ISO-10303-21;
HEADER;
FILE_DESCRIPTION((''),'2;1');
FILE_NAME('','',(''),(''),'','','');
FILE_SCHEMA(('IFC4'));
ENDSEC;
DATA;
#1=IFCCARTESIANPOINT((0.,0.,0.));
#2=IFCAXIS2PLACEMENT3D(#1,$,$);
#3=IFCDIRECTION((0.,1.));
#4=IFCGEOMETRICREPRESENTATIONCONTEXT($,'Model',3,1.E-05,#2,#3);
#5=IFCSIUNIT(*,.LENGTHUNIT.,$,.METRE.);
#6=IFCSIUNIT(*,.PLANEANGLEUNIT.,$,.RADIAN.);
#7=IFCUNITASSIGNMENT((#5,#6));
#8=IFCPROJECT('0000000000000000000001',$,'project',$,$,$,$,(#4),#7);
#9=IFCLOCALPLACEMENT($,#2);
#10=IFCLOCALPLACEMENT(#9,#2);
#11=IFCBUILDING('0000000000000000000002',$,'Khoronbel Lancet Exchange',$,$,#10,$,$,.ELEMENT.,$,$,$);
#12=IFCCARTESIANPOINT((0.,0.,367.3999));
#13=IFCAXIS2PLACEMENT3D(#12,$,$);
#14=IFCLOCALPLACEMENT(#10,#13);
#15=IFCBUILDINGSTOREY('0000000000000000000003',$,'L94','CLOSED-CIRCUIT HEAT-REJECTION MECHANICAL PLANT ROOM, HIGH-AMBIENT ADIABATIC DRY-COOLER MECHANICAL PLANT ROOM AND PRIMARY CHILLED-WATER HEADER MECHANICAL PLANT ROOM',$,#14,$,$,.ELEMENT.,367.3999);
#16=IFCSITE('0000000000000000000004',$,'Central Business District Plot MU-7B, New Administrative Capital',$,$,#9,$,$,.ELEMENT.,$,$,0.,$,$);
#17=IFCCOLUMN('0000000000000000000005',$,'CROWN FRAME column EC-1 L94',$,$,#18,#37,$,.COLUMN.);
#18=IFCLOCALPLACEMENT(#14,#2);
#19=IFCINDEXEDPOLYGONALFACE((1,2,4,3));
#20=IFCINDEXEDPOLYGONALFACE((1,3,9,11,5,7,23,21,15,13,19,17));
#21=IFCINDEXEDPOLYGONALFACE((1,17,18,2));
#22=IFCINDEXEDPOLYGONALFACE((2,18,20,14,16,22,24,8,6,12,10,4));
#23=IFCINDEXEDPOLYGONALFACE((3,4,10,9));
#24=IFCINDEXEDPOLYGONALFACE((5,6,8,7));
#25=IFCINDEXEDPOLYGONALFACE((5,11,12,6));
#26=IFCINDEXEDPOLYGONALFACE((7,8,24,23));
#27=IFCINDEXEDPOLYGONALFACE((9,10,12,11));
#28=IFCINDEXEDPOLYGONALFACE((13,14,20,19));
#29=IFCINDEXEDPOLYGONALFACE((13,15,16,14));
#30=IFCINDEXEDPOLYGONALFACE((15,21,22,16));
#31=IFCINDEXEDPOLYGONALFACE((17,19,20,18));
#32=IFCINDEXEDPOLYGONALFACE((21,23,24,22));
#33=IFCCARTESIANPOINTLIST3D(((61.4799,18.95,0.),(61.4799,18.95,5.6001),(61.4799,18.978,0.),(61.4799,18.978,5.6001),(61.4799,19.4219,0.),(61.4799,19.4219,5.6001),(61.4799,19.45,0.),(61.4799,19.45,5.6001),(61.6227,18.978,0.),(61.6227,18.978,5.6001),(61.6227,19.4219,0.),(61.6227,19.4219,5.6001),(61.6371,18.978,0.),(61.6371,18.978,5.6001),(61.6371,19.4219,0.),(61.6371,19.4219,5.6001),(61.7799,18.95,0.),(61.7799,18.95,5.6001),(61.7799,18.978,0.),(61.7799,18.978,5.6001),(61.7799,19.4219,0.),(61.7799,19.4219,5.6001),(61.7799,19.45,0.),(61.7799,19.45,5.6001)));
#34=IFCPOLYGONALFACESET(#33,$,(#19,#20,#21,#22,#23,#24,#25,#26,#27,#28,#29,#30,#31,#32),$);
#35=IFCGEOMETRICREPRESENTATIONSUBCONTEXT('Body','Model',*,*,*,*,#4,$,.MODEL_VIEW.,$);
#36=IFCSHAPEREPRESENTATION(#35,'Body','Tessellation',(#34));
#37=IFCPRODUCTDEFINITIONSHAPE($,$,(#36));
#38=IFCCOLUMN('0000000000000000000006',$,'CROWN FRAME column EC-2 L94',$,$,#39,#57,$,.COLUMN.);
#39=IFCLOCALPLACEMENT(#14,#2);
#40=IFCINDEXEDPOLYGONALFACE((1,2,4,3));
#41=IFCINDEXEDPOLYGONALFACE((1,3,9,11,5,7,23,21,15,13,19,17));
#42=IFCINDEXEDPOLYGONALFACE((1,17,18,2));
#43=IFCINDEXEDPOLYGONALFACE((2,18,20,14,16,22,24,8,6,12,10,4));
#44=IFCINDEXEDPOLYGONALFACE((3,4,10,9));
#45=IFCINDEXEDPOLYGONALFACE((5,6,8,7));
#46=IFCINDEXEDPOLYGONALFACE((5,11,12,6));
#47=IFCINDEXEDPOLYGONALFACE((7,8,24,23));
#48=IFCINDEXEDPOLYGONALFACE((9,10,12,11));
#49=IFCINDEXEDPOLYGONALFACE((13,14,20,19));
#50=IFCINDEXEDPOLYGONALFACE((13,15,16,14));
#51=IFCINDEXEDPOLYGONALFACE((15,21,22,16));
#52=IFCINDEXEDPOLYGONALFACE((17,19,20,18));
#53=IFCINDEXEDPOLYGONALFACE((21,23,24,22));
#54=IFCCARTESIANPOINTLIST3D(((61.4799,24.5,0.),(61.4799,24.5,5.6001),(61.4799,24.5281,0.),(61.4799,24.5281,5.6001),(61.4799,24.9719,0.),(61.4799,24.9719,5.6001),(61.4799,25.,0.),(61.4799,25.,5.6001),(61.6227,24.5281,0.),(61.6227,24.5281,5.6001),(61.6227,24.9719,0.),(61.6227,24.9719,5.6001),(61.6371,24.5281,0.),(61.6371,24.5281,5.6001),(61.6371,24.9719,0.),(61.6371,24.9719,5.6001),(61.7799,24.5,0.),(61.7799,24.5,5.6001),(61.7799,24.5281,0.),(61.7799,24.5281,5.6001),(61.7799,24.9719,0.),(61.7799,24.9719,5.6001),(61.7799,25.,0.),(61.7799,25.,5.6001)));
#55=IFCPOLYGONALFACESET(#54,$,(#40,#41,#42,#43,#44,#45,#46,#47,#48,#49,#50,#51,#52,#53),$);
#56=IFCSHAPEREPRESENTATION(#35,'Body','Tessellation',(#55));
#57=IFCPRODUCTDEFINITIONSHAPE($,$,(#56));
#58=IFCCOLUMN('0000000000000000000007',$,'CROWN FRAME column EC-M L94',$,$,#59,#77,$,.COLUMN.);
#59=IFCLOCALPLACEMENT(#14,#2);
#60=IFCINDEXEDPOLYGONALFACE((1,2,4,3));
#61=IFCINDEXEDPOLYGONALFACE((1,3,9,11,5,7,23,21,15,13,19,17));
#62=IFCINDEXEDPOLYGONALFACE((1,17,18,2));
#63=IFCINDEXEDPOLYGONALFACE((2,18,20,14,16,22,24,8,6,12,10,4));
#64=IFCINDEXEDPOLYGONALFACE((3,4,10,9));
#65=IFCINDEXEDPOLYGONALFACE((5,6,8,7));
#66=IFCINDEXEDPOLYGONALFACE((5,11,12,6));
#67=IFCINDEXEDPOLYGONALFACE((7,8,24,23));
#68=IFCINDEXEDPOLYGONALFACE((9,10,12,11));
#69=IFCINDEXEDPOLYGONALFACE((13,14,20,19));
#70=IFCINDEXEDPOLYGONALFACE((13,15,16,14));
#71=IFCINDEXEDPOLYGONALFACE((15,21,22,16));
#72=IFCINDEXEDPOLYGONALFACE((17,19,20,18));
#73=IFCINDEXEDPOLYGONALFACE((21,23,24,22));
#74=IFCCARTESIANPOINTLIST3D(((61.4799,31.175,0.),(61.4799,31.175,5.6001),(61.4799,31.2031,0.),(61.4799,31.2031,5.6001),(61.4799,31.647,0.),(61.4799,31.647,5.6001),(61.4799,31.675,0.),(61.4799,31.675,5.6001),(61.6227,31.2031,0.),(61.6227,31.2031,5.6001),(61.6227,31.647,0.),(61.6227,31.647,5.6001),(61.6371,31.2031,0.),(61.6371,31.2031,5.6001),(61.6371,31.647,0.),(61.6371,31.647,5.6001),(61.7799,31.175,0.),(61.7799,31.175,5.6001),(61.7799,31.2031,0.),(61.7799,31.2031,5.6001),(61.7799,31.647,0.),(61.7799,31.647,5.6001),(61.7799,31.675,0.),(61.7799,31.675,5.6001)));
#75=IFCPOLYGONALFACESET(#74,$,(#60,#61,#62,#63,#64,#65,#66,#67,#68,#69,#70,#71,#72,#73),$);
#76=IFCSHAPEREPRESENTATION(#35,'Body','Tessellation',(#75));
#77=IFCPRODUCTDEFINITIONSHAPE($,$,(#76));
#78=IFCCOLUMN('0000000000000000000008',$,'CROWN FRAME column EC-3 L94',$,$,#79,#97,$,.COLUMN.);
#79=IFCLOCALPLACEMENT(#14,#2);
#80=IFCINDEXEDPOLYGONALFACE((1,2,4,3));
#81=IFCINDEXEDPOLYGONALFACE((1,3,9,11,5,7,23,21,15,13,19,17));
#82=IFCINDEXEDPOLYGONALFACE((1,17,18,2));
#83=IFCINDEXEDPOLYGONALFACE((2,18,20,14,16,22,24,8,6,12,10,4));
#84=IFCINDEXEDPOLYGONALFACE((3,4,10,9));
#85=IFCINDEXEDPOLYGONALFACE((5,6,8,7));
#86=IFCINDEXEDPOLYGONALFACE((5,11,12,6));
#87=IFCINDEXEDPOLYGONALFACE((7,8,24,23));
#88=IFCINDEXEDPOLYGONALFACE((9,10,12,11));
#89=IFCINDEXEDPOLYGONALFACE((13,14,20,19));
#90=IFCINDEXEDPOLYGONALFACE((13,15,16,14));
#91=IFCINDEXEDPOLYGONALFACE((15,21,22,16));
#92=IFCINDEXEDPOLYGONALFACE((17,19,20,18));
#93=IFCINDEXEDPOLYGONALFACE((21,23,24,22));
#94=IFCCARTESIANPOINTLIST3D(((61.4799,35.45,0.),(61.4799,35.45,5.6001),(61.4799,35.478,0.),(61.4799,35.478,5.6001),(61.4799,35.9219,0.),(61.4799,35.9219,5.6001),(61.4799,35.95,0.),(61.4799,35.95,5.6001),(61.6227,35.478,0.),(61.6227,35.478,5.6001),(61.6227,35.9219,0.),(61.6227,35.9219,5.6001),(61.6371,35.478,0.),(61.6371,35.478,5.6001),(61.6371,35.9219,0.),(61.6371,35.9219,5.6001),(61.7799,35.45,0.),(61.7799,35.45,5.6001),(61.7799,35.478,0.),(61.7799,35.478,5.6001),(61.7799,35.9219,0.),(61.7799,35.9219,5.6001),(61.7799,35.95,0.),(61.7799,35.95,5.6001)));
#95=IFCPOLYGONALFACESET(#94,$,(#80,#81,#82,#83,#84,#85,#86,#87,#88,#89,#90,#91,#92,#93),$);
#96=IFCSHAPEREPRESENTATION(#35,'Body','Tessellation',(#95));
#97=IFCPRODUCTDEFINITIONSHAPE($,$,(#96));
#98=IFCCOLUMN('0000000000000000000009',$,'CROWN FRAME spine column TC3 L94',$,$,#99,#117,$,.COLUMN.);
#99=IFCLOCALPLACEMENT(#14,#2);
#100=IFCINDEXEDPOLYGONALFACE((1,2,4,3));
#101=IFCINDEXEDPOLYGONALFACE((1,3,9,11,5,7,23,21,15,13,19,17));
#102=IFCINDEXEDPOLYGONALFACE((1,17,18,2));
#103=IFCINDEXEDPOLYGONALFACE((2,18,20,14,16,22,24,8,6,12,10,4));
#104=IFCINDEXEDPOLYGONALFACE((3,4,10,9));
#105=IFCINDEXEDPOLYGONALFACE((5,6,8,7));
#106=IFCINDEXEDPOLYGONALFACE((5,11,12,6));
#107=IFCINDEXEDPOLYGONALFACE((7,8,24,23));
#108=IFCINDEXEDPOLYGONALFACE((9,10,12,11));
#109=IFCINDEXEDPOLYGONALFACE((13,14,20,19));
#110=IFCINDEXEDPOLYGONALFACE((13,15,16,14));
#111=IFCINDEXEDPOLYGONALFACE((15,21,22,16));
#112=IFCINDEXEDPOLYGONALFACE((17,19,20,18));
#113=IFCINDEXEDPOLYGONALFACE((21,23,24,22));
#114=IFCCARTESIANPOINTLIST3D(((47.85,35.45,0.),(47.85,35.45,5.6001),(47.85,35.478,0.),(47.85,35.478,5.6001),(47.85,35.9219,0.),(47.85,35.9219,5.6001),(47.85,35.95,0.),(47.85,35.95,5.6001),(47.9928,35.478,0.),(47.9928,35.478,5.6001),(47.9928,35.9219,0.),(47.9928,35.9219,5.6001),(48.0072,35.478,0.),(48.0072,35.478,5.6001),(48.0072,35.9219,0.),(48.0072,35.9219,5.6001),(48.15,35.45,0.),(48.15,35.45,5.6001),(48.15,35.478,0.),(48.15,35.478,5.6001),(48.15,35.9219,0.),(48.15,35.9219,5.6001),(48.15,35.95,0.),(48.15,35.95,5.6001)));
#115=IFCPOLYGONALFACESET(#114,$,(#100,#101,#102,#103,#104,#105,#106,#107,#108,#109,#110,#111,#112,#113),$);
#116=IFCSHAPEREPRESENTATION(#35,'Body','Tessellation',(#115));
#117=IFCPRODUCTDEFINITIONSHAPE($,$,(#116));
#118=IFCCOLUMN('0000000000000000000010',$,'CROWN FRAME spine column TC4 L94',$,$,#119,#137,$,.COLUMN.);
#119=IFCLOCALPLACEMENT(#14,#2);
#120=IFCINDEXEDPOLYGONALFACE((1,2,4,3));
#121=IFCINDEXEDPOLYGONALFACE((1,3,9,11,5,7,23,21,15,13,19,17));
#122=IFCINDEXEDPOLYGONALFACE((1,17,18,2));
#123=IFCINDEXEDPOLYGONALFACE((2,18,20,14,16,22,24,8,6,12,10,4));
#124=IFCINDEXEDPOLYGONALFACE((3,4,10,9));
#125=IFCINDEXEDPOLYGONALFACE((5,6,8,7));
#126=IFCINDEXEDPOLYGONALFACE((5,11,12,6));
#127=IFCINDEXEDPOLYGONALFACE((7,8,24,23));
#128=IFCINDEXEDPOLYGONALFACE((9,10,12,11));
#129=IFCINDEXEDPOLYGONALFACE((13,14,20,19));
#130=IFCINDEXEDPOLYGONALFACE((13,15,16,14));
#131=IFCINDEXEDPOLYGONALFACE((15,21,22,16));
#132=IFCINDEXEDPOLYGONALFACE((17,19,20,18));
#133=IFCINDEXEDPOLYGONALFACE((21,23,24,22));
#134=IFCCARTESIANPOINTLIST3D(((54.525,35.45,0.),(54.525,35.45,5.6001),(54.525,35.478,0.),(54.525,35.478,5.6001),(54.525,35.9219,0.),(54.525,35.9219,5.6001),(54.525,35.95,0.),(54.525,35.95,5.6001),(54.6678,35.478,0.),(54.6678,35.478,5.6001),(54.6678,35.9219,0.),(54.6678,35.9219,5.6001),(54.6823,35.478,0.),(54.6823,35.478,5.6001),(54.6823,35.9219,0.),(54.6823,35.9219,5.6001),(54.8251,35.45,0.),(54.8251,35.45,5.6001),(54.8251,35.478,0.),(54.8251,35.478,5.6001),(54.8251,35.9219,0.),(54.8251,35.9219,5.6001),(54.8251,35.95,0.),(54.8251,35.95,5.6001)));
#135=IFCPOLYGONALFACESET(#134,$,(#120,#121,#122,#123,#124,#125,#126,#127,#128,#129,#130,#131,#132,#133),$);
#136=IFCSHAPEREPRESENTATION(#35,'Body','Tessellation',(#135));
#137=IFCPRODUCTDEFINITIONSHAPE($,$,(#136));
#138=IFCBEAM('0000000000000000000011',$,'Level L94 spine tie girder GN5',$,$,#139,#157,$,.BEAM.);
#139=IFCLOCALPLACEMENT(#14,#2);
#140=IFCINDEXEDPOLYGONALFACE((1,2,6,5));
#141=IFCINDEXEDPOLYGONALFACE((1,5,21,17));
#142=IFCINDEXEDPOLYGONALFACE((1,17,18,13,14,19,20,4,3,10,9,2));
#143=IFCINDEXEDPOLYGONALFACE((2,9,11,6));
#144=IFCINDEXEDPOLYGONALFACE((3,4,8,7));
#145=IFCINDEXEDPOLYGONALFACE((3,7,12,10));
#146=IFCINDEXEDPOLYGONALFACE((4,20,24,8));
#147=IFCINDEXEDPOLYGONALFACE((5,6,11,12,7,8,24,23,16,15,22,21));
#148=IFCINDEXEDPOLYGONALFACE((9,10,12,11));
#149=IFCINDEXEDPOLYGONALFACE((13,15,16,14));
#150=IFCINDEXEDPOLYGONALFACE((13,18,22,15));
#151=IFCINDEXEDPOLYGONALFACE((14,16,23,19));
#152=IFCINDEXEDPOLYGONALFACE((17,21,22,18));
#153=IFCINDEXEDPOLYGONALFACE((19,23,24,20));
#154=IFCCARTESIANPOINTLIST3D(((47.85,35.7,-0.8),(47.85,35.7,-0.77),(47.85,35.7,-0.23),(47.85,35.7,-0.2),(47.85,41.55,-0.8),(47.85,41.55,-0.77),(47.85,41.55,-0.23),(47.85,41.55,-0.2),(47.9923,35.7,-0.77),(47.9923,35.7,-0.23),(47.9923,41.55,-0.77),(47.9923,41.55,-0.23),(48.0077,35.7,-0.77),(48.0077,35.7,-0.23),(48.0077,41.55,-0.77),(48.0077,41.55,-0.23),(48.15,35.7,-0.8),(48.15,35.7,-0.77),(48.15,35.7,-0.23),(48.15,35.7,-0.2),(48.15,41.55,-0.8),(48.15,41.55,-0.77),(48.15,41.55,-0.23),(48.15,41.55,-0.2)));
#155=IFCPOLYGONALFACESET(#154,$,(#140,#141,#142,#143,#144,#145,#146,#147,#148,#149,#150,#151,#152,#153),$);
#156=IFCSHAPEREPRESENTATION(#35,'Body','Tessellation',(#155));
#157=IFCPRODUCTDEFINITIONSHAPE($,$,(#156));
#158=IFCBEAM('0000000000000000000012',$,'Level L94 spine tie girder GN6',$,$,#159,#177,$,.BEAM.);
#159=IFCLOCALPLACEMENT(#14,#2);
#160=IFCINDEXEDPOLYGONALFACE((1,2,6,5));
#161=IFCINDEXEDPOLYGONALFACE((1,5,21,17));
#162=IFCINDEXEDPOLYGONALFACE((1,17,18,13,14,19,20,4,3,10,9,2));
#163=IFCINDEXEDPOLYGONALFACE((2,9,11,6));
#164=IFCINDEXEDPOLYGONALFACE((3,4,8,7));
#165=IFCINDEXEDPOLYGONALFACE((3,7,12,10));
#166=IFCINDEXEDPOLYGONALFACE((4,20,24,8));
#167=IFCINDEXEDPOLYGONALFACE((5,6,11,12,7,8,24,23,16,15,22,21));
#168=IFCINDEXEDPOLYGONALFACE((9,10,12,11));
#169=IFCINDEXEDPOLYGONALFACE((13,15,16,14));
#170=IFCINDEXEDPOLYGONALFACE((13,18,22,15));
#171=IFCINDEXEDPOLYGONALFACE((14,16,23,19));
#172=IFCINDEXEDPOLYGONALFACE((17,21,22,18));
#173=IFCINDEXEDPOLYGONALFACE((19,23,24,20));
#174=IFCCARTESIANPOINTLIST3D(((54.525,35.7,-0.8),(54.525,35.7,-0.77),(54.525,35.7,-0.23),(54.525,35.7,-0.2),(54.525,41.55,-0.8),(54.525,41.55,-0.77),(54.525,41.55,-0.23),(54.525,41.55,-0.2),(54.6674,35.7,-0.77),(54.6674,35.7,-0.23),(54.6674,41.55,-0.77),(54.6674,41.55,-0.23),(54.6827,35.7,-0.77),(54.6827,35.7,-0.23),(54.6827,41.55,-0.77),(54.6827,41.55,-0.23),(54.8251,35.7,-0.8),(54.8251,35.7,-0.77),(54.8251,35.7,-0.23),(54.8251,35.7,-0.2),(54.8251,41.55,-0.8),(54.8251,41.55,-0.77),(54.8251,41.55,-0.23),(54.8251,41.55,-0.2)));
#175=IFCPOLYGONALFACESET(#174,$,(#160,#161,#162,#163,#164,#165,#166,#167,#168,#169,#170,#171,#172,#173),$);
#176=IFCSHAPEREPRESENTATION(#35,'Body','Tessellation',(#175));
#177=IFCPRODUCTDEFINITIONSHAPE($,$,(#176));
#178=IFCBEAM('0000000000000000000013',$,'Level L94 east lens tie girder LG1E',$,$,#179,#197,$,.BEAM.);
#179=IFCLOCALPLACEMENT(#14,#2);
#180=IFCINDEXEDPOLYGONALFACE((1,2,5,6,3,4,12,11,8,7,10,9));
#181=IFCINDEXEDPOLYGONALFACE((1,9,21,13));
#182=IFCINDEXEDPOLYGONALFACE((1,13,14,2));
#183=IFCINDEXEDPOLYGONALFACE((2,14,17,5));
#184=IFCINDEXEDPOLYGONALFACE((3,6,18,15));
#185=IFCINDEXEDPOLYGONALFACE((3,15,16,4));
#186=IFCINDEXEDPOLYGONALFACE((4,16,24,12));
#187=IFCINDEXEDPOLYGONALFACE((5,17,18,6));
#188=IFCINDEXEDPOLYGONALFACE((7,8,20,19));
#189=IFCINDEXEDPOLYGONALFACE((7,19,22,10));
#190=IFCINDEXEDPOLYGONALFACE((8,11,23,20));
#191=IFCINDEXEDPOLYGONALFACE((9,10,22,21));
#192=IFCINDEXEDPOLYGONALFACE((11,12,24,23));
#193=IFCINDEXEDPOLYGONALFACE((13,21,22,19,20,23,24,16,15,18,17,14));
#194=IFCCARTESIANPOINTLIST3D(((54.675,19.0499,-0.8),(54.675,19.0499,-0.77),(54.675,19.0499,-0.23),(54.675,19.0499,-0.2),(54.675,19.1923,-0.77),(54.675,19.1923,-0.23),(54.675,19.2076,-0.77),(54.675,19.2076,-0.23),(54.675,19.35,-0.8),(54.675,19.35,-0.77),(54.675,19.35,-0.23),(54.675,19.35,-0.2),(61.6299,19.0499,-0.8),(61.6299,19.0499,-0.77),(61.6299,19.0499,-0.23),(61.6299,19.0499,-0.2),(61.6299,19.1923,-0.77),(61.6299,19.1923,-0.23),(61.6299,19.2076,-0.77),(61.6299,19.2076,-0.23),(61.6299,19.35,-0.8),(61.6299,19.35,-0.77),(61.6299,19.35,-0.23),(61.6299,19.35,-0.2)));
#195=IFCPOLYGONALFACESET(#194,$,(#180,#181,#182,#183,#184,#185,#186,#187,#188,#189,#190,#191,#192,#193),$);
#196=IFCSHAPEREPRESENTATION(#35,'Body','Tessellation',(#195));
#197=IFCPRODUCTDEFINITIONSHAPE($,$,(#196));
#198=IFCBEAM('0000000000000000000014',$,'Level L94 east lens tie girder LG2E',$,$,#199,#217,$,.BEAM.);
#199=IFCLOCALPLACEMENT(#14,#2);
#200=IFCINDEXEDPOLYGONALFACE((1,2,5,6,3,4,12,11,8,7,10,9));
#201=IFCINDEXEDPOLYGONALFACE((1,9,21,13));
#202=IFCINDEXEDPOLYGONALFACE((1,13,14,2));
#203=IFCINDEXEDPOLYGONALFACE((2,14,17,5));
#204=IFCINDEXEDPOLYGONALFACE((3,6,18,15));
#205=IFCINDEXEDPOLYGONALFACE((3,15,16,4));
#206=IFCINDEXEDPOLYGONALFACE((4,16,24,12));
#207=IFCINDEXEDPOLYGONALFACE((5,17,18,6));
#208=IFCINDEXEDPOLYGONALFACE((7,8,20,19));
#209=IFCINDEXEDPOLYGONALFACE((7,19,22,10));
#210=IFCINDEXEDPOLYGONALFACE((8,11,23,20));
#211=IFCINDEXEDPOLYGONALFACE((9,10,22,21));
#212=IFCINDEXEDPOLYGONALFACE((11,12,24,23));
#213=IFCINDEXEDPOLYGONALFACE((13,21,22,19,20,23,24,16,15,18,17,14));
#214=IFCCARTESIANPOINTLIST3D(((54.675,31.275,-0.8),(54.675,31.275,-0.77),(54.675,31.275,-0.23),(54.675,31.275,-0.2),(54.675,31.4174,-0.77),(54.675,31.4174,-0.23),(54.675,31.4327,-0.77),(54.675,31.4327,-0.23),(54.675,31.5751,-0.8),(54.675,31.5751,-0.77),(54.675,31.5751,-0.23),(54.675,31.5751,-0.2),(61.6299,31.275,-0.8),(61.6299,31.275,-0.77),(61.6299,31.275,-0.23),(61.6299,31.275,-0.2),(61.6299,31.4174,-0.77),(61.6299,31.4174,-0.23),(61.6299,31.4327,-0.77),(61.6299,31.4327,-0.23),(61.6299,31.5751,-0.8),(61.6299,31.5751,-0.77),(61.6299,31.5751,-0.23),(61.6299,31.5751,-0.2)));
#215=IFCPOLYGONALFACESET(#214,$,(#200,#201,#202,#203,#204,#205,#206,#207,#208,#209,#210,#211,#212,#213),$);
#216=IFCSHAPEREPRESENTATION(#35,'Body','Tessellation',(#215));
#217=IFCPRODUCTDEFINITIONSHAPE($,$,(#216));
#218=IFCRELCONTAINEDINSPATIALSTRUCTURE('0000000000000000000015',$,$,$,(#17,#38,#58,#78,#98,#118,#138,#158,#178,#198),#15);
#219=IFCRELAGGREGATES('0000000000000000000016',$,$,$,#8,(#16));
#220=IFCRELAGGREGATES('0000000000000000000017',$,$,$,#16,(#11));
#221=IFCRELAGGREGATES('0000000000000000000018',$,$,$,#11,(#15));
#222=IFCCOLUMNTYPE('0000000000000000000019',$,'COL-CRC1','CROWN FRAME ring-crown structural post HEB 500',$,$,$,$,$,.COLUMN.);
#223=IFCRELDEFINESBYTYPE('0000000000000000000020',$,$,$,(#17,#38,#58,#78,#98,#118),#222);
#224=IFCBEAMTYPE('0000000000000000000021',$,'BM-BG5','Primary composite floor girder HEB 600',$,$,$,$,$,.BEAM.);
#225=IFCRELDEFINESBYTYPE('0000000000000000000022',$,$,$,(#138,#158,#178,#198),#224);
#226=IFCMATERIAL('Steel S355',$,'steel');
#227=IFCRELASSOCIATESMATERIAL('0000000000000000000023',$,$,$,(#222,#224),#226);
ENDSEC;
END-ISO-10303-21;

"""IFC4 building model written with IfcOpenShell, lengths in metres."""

from ifc_helpers import new_model, si_unit, direction, frame, origin, origin_2d, place, context, subcontext, project, spatial, i_section, extrude, material, material_profile, profile_set, type_object, element, save


model = new_model("IFC4")

# Units and contexts
model_context = context("Model", 3, precision=1e-05, world=origin(), true_north=direction((0.0, 1.0)))
body_context = subcontext(model_context, "Body", "Model", "MODEL_VIEW")
ifc_project = project(units=[si_unit("LENGTHUNIT", "METRE"), si_unit("PLANEANGLEUNIT", "RADIAN")], contexts=[model_context])

# Site, building, storey
site_placement = place(None, origin())
site = spatial("IfcSite", under=ifc_project, at=site_placement, Name="Central Business District Plot MU-7B, New Administrative Capital", CompositionType="ELEMENT", RefElevation=0.0)
building_placement = place(site_placement, origin())
building = spatial("IfcBuilding", under=site, at=building_placement, Name="Khoronbel Lancet Exchange", CompositionType="ELEMENT")
storey_placement = place(building_placement, frame((0.0, 0.0, 367.3999)))
storey = spatial("IfcBuildingStorey", under=building, at=storey_placement, Name="L94", Description="CLOSED-CIRCUIT HEAT-REJECTION MECHANICAL PLANT ROOM, HIGH-AMBIENT ADIABATIC DRY-COOLER MECHANICAL PLANT ROOM AND PRIMARY CHILLED-WATER HEADER MECHANICAL PLANT ROOM", CompositionType="ELEMENT", Elevation=367.3999)

# Columns
ifc_material_1 = material(Name="Steel S355", Category="steel")
ifc_material_profile_1 = material_profile(ifc_material_1, i_section(OverallWidth=0.3, OverallDepth=0.5, WebThickness=0.0144, FlangeThickness=0.0281, at=origin_2d()), Name="HEB 500")
ifc_profile_set_1 = profile_set([ifc_material_profile_1], Name="Steel S355")
column_type = type_object("IfcColumnType", Name="COL-CRC1", Description="CROWN FRAME ring-crown structural post HEB 500", PredefinedType="COLUMN", material=ifc_profile_set_1)
for number, where, z_axis, x_axis, name in (
    (1, (61.6299, 19.2, 0.0), (0.0, 0.0, 1.0), (1.0, 0.0, 0.0), "CROWN FRAME column EC-1 L94"),
    (2, (61.6299, 24.75, 0.0), (0.0, 0.0, 1.0), (1.0, 0.0, 0.0), "CROWN FRAME column EC-2 L94"),
    (3, (61.6299, 31.425, 0.0), (0.0, 0.0, 1.0), (1.0, 0.0, 0.0), "CROWN FRAME column EC-M L94"),
    (4, (61.6299, 35.7, 0.0), (0.0, 0.0, 1.0), (1.0, 0.0, 0.0), "CROWN FRAME column EC-3 L94"),
    (5, (48.0, 35.7, 0.0), (0.0, 0.0, 1.0), (1.0, 0.0, 0.0), "CROWN FRAME spine column TC3 L94"),
    (6, (54.675, 35.7, 0.0), (0.0, 0.0, 1.0), (1.0, 0.0, 0.0), "CROWN FRAME spine column TC4 L94"),
):
    element("IfcColumn", number, at=place(storey_placement, frame(where, z_axis=z_axis, x_axis=x_axis)), inside=storey, type_object=column_type, Name=name, PredefinedType="COLUMN", context=body_context, shape_type="SweptSolid", body=[
        extrude(i_section(OverallWidth=0.3, OverallDepth=0.5, WebThickness=0.0144, FlangeThickness=0.0281, at=origin_2d()), origin(), (0.0, 0.0, 1.0), 5.6001),
    ])

# Beams
ifc_material_profile_2 = material_profile(ifc_material_1, i_section(OverallWidth=0.3, OverallDepth=0.6001, WebThickness=0.0154, FlangeThickness=0.03, at=origin_2d()), Name="HEB 600")
ifc_profile_set_2 = profile_set([ifc_material_profile_2], Name="Steel S355")
beam_type_1 = type_object("IfcBeamType", Name="BM-BG5", Description="Primary composite floor girder HEB 600", PredefinedType="BEAM", material=ifc_profile_set_2)
for number, where, z_axis, x_axis, name in (
    (7, (48.0, 35.7, -0.5), (0.0, 1.0, 0.0), (-1.0, 0.0, 0.0), "Level L94 spine tie girder GN5"),
    (8, (54.675, 35.7, -0.5), (0.0, 1.0, 0.0), (-1.0, 0.0, 0.0), "Level L94 spine tie girder GN6"),
):
    element("IfcBeam", number, at=place(storey_placement, frame(where, z_axis=z_axis, x_axis=x_axis)), inside=storey, type_object=beam_type_1, Name=name, PredefinedType="BEAM", context=body_context, shape_type="SweptSolid", body=[
        extrude(i_section(OverallWidth=0.3, OverallDepth=0.6001, WebThickness=0.0154, FlangeThickness=0.03, at=origin_2d()), origin(), (0.0, 0.0, 1.0), 5.8501),
    ])
for number, where, z_axis, x_axis, name in (
    (9, (54.675, 19.2, -0.5), (1.0, 0.0, 0.0), (0.0, 1.0, 0.0), "Level L94 east lens tie girder LG1E"),
    (10, (54.675, 31.425, -0.5), (1.0, 0.0, 0.0), (0.0, 1.0, 0.0), "Level L94 east lens tie girder LG2E"),
):
    element("IfcBeam", number, at=place(storey_placement, frame(where, z_axis=z_axis, x_axis=x_axis)), inside=storey, type_object=beam_type_1, Name=name, PredefinedType="BEAM", context=body_context, shape_type="SweptSolid", body=[
        extrude(i_section(OverallWidth=0.3, OverallDepth=0.6001, WebThickness=0.0154, FlangeThickness=0.03, at=origin_2d()), origin(), (0.0, 0.0, 1.0), 6.9548),
    ])

save(model, "model.ifc")
